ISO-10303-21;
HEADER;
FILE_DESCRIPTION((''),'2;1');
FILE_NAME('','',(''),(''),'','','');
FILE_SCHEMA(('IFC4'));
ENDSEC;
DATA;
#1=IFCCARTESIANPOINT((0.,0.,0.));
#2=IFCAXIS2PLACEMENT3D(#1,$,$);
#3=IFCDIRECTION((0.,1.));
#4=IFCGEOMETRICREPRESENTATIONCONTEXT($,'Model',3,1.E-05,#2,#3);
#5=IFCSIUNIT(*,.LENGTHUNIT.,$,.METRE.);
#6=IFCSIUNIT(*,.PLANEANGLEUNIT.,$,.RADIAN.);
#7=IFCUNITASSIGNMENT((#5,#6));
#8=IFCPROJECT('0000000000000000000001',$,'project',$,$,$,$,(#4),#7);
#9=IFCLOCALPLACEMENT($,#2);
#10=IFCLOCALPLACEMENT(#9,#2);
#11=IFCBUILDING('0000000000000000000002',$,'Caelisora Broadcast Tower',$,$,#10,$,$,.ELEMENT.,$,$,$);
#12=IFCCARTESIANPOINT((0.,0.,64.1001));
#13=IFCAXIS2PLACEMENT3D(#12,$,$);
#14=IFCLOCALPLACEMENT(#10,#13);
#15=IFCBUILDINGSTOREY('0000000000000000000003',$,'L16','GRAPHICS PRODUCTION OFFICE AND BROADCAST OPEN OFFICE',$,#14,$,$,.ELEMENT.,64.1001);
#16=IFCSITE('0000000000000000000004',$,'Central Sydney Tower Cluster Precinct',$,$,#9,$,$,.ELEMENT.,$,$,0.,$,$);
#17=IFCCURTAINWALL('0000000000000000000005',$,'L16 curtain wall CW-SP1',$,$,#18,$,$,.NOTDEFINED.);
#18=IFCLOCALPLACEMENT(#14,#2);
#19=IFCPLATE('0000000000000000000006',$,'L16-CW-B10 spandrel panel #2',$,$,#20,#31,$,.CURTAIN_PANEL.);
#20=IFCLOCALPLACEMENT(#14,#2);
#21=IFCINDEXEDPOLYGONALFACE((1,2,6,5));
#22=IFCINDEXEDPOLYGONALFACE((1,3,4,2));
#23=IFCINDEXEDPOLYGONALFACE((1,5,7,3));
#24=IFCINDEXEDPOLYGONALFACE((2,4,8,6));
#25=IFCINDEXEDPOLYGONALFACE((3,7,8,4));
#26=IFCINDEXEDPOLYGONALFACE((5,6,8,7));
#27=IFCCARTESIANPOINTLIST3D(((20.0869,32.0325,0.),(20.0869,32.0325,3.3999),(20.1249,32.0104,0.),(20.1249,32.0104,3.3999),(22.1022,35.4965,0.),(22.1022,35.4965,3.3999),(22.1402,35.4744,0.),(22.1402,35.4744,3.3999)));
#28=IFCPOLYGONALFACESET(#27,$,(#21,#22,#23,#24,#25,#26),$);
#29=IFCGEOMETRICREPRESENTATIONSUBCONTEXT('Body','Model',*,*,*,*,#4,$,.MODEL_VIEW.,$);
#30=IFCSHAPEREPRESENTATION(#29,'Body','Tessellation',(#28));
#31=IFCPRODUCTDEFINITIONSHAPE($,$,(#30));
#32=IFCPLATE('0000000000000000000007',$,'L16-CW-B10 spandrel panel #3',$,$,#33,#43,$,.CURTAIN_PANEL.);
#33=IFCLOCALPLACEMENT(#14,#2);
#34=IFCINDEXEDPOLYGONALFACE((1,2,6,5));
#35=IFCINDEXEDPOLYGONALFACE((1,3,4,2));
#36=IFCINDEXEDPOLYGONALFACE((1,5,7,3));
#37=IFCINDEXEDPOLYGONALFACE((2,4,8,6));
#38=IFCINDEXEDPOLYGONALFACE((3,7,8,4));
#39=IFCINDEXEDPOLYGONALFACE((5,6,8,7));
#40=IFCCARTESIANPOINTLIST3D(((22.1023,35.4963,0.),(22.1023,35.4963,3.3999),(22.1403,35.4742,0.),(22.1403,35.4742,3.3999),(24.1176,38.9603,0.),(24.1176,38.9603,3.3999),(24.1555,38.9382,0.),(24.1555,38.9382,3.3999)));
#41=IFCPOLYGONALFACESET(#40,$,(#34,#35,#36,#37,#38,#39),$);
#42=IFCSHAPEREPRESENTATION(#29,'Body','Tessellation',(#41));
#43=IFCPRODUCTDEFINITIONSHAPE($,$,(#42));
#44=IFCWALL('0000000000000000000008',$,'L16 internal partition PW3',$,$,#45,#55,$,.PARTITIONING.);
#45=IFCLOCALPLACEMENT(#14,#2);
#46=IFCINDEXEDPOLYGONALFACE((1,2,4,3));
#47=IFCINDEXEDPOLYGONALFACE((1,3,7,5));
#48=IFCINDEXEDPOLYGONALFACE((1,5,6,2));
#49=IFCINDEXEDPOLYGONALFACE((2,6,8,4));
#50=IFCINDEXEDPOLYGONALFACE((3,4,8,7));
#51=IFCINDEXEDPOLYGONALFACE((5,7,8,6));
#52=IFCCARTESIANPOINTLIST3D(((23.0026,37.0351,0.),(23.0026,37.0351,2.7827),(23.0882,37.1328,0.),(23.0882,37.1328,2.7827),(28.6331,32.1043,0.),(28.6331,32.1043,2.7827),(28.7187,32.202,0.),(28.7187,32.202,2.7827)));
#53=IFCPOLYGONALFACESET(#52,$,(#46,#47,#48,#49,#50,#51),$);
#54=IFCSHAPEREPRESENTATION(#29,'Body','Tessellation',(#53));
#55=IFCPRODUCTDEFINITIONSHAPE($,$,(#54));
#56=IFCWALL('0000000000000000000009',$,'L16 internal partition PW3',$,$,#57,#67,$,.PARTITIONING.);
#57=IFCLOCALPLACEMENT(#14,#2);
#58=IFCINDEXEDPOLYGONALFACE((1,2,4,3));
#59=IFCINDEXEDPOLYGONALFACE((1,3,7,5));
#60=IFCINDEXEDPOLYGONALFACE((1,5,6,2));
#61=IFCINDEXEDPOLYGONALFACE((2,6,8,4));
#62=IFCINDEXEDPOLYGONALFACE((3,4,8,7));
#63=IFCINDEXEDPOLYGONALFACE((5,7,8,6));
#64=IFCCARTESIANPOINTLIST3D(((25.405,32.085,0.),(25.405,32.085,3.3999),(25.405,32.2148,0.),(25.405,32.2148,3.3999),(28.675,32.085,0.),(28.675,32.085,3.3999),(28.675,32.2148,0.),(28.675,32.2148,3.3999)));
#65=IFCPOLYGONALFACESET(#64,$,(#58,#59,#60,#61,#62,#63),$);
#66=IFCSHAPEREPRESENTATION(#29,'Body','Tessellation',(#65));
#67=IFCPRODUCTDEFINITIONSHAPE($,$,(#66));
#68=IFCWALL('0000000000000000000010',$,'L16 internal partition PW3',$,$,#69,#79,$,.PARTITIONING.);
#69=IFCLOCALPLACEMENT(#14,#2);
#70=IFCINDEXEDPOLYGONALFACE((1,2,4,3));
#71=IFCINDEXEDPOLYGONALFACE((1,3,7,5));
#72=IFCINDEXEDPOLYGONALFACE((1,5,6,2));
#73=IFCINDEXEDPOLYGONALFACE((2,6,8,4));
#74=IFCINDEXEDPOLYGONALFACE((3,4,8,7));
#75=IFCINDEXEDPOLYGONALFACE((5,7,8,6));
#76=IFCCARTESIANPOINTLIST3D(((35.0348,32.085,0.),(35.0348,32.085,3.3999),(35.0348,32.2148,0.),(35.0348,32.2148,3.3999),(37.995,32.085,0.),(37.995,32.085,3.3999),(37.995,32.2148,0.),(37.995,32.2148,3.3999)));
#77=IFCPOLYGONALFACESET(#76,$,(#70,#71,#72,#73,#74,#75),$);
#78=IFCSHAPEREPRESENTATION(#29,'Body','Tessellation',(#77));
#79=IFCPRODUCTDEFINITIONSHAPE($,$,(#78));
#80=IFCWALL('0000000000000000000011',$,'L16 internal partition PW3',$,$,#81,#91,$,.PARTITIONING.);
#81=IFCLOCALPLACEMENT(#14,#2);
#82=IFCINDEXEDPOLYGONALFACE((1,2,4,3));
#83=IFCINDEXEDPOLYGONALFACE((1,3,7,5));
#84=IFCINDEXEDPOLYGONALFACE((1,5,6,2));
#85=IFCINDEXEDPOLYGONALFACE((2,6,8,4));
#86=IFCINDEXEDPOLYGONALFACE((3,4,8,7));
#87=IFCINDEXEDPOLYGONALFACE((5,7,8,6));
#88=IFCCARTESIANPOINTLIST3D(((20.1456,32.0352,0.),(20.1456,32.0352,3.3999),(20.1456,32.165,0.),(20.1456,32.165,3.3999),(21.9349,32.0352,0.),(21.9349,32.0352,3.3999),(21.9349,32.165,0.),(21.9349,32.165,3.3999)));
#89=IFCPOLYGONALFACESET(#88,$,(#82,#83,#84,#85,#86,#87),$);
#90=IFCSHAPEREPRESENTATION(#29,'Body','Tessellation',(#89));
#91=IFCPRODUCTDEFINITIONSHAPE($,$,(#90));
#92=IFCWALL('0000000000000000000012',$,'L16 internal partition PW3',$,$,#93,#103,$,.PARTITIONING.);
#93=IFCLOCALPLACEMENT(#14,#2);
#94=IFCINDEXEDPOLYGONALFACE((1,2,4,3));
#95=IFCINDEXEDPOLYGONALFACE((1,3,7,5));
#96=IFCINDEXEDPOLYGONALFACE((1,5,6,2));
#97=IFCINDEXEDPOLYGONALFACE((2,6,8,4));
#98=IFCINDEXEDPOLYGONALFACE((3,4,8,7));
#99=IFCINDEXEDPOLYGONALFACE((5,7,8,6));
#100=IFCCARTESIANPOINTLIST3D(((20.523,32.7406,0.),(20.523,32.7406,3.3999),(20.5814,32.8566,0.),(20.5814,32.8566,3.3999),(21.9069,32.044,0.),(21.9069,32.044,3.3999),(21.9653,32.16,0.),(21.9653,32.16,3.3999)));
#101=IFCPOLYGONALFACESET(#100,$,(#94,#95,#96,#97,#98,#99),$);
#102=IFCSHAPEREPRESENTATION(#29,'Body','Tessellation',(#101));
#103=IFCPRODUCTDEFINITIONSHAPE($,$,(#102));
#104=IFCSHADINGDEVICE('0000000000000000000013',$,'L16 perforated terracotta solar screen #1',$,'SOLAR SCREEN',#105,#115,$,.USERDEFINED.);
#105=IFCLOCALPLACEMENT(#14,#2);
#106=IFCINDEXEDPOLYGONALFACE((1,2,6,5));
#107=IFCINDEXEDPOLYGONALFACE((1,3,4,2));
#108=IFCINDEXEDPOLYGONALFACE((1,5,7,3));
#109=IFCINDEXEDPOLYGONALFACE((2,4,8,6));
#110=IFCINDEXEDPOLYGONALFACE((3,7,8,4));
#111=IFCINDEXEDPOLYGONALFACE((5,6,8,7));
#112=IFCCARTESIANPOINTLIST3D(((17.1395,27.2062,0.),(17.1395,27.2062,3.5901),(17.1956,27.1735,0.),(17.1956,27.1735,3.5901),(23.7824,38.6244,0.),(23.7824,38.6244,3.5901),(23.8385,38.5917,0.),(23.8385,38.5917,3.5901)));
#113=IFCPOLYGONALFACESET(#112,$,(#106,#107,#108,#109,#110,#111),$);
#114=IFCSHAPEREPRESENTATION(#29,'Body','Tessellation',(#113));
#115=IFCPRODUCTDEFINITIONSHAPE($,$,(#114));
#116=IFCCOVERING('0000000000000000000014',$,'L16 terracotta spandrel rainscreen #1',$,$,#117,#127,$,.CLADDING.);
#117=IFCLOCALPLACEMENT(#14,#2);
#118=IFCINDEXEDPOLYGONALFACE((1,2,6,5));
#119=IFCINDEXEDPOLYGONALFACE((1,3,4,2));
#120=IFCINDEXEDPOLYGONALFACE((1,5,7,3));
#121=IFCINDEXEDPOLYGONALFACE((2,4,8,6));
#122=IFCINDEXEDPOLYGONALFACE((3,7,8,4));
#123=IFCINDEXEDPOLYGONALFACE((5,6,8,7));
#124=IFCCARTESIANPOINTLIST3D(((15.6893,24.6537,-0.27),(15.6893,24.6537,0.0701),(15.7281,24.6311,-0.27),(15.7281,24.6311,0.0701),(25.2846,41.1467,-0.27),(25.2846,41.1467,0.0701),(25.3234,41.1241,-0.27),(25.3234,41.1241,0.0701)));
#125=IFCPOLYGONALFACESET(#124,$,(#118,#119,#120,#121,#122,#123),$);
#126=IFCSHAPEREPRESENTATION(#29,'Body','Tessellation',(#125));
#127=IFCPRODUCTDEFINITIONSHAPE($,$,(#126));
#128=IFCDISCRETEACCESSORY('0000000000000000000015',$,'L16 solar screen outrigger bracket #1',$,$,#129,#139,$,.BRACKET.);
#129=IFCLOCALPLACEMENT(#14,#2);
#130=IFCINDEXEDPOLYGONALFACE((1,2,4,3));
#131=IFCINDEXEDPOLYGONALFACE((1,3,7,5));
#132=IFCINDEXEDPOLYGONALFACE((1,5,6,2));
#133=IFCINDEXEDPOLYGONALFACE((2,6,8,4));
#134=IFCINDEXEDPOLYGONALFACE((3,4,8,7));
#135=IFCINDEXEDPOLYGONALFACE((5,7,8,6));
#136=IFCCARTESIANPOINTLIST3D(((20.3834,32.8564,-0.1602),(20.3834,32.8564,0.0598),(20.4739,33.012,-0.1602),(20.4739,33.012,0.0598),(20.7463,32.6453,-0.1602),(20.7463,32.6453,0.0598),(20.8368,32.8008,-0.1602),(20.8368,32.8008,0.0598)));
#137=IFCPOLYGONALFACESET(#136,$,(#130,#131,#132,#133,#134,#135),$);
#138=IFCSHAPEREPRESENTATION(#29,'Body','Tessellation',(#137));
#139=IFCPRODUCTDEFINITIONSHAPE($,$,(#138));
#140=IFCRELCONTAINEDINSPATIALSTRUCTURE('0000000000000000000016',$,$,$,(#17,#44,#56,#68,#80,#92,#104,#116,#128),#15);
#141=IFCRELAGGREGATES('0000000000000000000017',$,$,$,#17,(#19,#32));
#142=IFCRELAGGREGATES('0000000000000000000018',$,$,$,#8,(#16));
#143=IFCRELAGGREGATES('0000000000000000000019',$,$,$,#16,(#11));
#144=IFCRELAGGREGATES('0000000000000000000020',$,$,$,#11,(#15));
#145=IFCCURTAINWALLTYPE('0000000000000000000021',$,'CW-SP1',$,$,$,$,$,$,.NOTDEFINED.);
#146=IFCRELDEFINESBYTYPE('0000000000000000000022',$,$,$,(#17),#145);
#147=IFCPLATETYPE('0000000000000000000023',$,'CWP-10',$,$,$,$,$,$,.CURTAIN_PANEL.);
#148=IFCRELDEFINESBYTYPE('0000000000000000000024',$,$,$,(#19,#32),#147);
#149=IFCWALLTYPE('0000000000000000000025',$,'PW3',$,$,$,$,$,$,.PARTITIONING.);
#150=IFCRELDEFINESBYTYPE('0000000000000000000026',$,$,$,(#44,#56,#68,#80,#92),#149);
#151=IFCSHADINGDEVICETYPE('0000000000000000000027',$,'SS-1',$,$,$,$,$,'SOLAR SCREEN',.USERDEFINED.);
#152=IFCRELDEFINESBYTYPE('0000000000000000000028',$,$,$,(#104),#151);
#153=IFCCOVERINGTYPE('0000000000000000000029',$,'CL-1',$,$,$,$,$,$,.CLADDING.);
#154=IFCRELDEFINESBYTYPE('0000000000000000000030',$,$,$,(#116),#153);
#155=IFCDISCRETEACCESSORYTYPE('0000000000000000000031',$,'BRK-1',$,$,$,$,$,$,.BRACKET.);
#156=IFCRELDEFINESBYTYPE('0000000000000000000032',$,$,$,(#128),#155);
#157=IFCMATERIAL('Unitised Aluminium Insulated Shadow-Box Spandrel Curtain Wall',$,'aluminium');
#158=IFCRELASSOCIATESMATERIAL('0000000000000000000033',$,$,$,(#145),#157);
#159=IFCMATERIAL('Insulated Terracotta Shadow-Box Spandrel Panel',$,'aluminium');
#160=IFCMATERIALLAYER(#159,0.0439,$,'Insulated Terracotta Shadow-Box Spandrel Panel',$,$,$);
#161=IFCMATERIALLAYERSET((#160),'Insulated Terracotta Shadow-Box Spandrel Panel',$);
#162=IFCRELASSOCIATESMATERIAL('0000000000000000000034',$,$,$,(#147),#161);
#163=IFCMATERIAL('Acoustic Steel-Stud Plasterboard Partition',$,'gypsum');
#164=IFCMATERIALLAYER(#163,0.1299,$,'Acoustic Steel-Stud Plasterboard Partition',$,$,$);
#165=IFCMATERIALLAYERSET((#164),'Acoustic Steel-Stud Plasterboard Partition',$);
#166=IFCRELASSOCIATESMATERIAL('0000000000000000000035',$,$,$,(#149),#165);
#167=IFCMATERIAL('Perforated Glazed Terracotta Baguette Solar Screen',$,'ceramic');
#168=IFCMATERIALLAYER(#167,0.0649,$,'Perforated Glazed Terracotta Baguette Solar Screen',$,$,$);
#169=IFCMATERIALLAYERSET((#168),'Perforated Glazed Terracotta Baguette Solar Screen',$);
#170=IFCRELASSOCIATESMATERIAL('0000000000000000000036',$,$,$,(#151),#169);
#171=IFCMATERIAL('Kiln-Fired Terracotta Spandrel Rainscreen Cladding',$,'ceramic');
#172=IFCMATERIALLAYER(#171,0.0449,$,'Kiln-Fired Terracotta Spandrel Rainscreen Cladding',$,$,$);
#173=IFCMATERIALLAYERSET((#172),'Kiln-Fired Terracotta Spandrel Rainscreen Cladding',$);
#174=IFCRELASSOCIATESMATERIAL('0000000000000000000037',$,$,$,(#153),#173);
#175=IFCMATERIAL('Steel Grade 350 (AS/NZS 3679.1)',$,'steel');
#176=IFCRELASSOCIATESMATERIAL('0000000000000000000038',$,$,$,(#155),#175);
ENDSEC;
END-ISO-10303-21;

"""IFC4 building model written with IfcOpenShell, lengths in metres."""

from ifc_helpers import new_model, si_unit, direction, frame, frame_2d, origin, origin_2d, place, context, subcontext, project, spatial, rectangle, extrude, source, transform, mapped, material, layer, layer_set, type_object, type_shapes, element, aggregate, save


model = new_model("IFC4")

# Units and contexts
model_context = context("Model", 3, precision=1e-05, world=origin(), true_north=direction((0.0, 1.0)))
body_context = subcontext(model_context, "Body", "Model", "MODEL_VIEW")
ifc_project = project(units=[si_unit("LENGTHUNIT", "METRE"), si_unit("PLANEANGLEUNIT", "RADIAN")], contexts=[model_context])

# Site, building, storey
site_placement = place(None, origin())
site = spatial("IfcSite", under=ifc_project, at=site_placement, Name="Central Sydney Tower Cluster Precinct", CompositionType="ELEMENT", RefElevation=0.0)
building_placement = place(site_placement, origin())
building = spatial("IfcBuilding", under=site, at=building_placement, Name="Caelisora Broadcast Tower", CompositionType="ELEMENT")
storey_placement = place(building_placement, frame((0.0, 0.0, 64.1001)))
storey = spatial("IfcBuildingStorey", under=building, at=storey_placement, Name="L16", Description="GRAPHICS PRODUCTION OFFICE AND BROADCAST OPEN OFFICE", CompositionType="ELEMENT", Elevation=64.1001)

# Shared definitions
ifc_material_1 = material(Name="Steel Grade 350 (AS/NZS 3679.1)", Category="steel")

# Curtain wall, plates
ifc_material_2 = material(Name="Unitised Aluminium Insulated Shadow-Box Spandrel Curtain Wall", Category="aluminium")
curtain_wall_type = type_object("IfcCurtainWallType", Name="CW-SP1", PredefinedType="NOTDEFINED", material=ifc_material_2)
curtain_wall_placement = place(storey_placement, origin())
curtain_wall = element("IfcCurtainWall", 1, at=curtain_wall_placement, inside=storey, type_object=curtain_wall_type, Name="L16 curtain wall CW-SP1", PredefinedType="NOTDEFINED")
ifc_material_3 = material(Name="Insulated Terracotta Shadow-Box Spandrel Panel", Category="aluminium")
ifc_layer_1 = layer(ifc_material_3, 0.0439, Name="Insulated Terracotta Shadow-Box Spandrel Panel")
ifc_layer_set_1 = layer_set([ifc_layer_1], Name="Insulated Terracotta Shadow-Box Spandrel Panel")
plate_type = type_object("IfcPlateType", Name="CWP-10", PredefinedType="CURTAIN_PANEL", material=ifc_layer_set_1)
shared_shape_1 = source(origin(), body_context, "Body", "SweptSolid", [
    extrude(rectangle(XDim=4.0076, YDim=0.0439, at=origin_2d()), origin(), (0.0, 0.0, 1.0), 3.3999),
])
type_shapes(plate_type, [shared_shape_1])
plate_1_placement = place(storey_placement, frame((21.1135, 33.7534, 0.0), z_axis=(0.0, 0.0, 1.0), x_axis=(0.502869, 0.864363, 0.0)))
plate_1 = element("IfcPlate", 2, at=plate_1_placement, type_object=plate_type, Name="L16-CW-B10 spandrel panel #2", PredefinedType="CURTAIN_PANEL", context=body_context, shape_type="MappedRepresentation", body=[
    mapped(shared_shape_1, transform((0.0, 0.0, 0.0), scale=1.0)),
])
plate_2_placement = place(storey_placement, frame((23.1289, 37.2173, 0.0), z_axis=(0.0, 0.0, 1.0), x_axis=(0.502869, 0.864363, 0.0)))
plate_2 = element("IfcPlate", 3, at=plate_2_placement, type_object=plate_type, Name="L16-CW-B10 spandrel panel #3", PredefinedType="CURTAIN_PANEL", context=body_context, shape_type="MappedRepresentation", body=[
    mapped(shared_shape_1, transform((0.0, 0.0, 0.0), scale=1.0)),
])
aggregate(curtain_wall, [plate_1, plate_2])

# Wall
ifc_material_4 = material(Name="Acoustic Steel-Stud Plasterboard Partition", Category="gypsum")
ifc_layer_2 = layer(ifc_material_4, 0.1299, Name="Acoustic Steel-Stud Plasterboard Partition")
ifc_layer_set_2 = layer_set([ifc_layer_2], Name="Acoustic Steel-Stud Plasterboard Partition")
wall_type = type_object("IfcWallType", Name="PW3", PredefinedType="PARTITIONING", material=ifc_layer_set_2)
wall_1_placement = place(storey_placement, frame((23.0454, 37.084, 0.0), z_axis=(0.0, 0.0, 1.0), x_axis=(0.752304, -0.658816, 0.0)))
element("IfcWall", 4, at=wall_1_placement, inside=storey, type_object=wall_type, Name="L16 internal partition PW3", PredefinedType="PARTITIONING", context=body_context, shape_type="SweptSolid", body=[
    extrude(rectangle(XDim=7.4844, YDim=0.1299, at=frame_2d((3.7422, 0.0))), origin(), (0.0, 0.0, 1.0), 2.7827),
])

# Walls
wall_2_placement = place(storey_placement, frame((25.405, 32.1499, 0.0), z_axis=(0.0, 0.0, 1.0), x_axis=(1.0, 0.0, 0.0)))
element("IfcWall", 5, at=wall_2_placement, inside=storey, type_object=wall_type, Name="L16 internal partition PW3", PredefinedType="PARTITIONING", context=body_context, shape_type="SweptSolid", body=[
    extrude(rectangle(XDim=3.27, YDim=0.1299, at=frame_2d((1.635, 0.0))), origin(), (0.0, 0.0, 1.0), 3.3999),
])
wall_3_placement = place(storey_placement, frame((35.0349, 32.1499, 0.0), z_axis=(0.0, 0.0, 1.0), x_axis=(1.0, 0.0, 0.0)))
element("IfcWall", 6, at=wall_3_placement, inside=storey, type_object=wall_type, Name="L16 internal partition PW3", PredefinedType="PARTITIONING", context=body_context, shape_type="SweptSolid", body=[
    extrude(rectangle(XDim=2.9602, YDim=0.1299, at=frame_2d((1.48, 0.0))), origin(), (0.0, 0.0, 1.0), 3.3999),
])

# Walls
wall_4_placement = place(storey_placement, frame((20.1458, 32.1001, 0.0), z_axis=(0.0, 0.0, 1.0), x_axis=(1.0, 0.0, 0.0)))
element("IfcWall", 7, at=wall_4_placement, inside=storey, type_object=wall_type, Name="L16 internal partition PW3", PredefinedType="PARTITIONING", context=body_context, shape_type="SweptSolid", body=[
    extrude(rectangle(XDim=1.7893, YDim=0.1299, at=frame_2d((0.8945, 0.0))), origin(), (0.0, 0.0, 1.0), 3.3999),
])
wall_5_placement = place(storey_placement, frame((20.5522, 32.7986, 0.0), z_axis=(0.0, 0.0, 1.0), x_axis=(0.893226, -0.449607, 0.0)))
element("IfcWall", 8, at=wall_5_placement, inside=storey, type_object=wall_type, Name="L16 internal partition PW3", PredefinedType="PARTITIONING", context=body_context, shape_type="SweptSolid", body=[
    extrude(rectangle(XDim=1.5493, YDim=0.1299, at=frame_2d((0.7747, 0.0))), origin(), (0.0, 0.0, 1.0), 3.3999),
])

# Shading device
ifc_material_5 = material(Name="Perforated Glazed Terracotta Baguette Solar Screen", Category="ceramic")
ifc_layer_3 = layer(ifc_material_5, 0.0649, Name="Perforated Glazed Terracotta Baguette Solar Screen")
ifc_layer_set_3 = layer_set([ifc_layer_3], Name="Perforated Glazed Terracotta Baguette Solar Screen")
shading_device_type = type_object("IfcShadingDeviceType", Name="SS-1", ElementType="SOLAR SCREEN", PredefinedType="USERDEFINED", material=ifc_layer_set_3)
shared_shape_2 = source(origin(), body_context, "Body", "SweptSolid", [
    extrude(rectangle(XDim=13.21, YDim=0.0649, at=origin_2d()), origin(), (0.0, 0.0, 1.0), 3.5901),
])
type_shapes(shading_device_type, [shared_shape_2])
shading_device_placement = place(storey_placement, frame((20.489, 32.8989, 0.0), z_axis=(0.0, 0.0, 1.0), x_axis=(-0.502869, -0.864363, 0.0)))
element("IfcShadingDevice", 9, at=shading_device_placement, inside=storey, type_object=shading_device_type, Name="L16 perforated terracotta solar screen #1", ObjectType="SOLAR SCREEN", PredefinedType="USERDEFINED", context=body_context, shape_type="MappedRepresentation", body=[
    mapped(shared_shape_2, transform((0.0, 0.0, 0.0), scale=1.0)),
])

# Covering
ifc_material_6 = material(Name="Kiln-Fired Terracotta Spandrel Rainscreen Cladding", Category="ceramic")
ifc_layer_4 = layer(ifc_material_6, 0.0449, Name="Kiln-Fired Terracotta Spandrel Rainscreen Cladding")
ifc_layer_set_4 = layer_set([ifc_layer_4], Name="Kiln-Fired Terracotta Spandrel Rainscreen Cladding")
covering_type = type_object("IfcCoveringType", Name="CL-1", PredefinedType="CLADDING", material=ifc_layer_set_4)
shared_shape_3 = source(origin(), body_context, "Body", "SweptSolid", [
    extrude(rectangle(XDim=19.0811, YDim=0.0449, at=origin_2d()), origin(), (0.0, 0.0, 1.0), 0.3401),
])
type_shapes(covering_type, [shared_shape_3])
covering_placement = place(storey_placement, frame((20.5063, 32.8889, -0.27), z_axis=(0.0, 0.0, 1.0), x_axis=(-0.502869, -0.864363, 0.0)))
element("IfcCovering", 10, at=covering_placement, inside=storey, type_object=covering_type, Name="L16 terracotta spandrel rainscreen #1", PredefinedType="CLADDING", context=body_context, shape_type="MappedRepresentation", body=[
    mapped(shared_shape_3, transform((0.0, 0.0, 0.0), scale=1.0)),
])

# Discrete accessory
discrete_accessory_type = type_object("IfcDiscreteAccessoryType", Name="BRK-1", PredefinedType="BRACKET", material=ifc_material_1)
shared_shape_4 = source(origin(), body_context, "Body", "SweptSolid", [
    extrude(rectangle(XDim=0.1799, YDim=0.4199, at=origin_2d()), origin(), (0.0, 0.0, 1.0), 0.22),
])
type_shapes(discrete_accessory_type, [shared_shape_4])
discrete_accessory_placement = place(storey_placement, frame((20.6101, 32.8286, -0.1602), z_axis=(0.0, 0.0, 1.0), x_axis=(-0.502869, -0.864363, 0.0)))
element("IfcDiscreteAccessory", 11, at=discrete_accessory_placement, inside=storey, type_object=discrete_accessory_type, Name="L16 solar screen outrigger bracket #1", PredefinedType="BRACKET", context=body_context, shape_type="MappedRepresentation", body=[
    mapped(shared_shape_4, transform((0.0, 0.0, 0.0), scale=1.0)),
])

save(model, "model.ifc")
